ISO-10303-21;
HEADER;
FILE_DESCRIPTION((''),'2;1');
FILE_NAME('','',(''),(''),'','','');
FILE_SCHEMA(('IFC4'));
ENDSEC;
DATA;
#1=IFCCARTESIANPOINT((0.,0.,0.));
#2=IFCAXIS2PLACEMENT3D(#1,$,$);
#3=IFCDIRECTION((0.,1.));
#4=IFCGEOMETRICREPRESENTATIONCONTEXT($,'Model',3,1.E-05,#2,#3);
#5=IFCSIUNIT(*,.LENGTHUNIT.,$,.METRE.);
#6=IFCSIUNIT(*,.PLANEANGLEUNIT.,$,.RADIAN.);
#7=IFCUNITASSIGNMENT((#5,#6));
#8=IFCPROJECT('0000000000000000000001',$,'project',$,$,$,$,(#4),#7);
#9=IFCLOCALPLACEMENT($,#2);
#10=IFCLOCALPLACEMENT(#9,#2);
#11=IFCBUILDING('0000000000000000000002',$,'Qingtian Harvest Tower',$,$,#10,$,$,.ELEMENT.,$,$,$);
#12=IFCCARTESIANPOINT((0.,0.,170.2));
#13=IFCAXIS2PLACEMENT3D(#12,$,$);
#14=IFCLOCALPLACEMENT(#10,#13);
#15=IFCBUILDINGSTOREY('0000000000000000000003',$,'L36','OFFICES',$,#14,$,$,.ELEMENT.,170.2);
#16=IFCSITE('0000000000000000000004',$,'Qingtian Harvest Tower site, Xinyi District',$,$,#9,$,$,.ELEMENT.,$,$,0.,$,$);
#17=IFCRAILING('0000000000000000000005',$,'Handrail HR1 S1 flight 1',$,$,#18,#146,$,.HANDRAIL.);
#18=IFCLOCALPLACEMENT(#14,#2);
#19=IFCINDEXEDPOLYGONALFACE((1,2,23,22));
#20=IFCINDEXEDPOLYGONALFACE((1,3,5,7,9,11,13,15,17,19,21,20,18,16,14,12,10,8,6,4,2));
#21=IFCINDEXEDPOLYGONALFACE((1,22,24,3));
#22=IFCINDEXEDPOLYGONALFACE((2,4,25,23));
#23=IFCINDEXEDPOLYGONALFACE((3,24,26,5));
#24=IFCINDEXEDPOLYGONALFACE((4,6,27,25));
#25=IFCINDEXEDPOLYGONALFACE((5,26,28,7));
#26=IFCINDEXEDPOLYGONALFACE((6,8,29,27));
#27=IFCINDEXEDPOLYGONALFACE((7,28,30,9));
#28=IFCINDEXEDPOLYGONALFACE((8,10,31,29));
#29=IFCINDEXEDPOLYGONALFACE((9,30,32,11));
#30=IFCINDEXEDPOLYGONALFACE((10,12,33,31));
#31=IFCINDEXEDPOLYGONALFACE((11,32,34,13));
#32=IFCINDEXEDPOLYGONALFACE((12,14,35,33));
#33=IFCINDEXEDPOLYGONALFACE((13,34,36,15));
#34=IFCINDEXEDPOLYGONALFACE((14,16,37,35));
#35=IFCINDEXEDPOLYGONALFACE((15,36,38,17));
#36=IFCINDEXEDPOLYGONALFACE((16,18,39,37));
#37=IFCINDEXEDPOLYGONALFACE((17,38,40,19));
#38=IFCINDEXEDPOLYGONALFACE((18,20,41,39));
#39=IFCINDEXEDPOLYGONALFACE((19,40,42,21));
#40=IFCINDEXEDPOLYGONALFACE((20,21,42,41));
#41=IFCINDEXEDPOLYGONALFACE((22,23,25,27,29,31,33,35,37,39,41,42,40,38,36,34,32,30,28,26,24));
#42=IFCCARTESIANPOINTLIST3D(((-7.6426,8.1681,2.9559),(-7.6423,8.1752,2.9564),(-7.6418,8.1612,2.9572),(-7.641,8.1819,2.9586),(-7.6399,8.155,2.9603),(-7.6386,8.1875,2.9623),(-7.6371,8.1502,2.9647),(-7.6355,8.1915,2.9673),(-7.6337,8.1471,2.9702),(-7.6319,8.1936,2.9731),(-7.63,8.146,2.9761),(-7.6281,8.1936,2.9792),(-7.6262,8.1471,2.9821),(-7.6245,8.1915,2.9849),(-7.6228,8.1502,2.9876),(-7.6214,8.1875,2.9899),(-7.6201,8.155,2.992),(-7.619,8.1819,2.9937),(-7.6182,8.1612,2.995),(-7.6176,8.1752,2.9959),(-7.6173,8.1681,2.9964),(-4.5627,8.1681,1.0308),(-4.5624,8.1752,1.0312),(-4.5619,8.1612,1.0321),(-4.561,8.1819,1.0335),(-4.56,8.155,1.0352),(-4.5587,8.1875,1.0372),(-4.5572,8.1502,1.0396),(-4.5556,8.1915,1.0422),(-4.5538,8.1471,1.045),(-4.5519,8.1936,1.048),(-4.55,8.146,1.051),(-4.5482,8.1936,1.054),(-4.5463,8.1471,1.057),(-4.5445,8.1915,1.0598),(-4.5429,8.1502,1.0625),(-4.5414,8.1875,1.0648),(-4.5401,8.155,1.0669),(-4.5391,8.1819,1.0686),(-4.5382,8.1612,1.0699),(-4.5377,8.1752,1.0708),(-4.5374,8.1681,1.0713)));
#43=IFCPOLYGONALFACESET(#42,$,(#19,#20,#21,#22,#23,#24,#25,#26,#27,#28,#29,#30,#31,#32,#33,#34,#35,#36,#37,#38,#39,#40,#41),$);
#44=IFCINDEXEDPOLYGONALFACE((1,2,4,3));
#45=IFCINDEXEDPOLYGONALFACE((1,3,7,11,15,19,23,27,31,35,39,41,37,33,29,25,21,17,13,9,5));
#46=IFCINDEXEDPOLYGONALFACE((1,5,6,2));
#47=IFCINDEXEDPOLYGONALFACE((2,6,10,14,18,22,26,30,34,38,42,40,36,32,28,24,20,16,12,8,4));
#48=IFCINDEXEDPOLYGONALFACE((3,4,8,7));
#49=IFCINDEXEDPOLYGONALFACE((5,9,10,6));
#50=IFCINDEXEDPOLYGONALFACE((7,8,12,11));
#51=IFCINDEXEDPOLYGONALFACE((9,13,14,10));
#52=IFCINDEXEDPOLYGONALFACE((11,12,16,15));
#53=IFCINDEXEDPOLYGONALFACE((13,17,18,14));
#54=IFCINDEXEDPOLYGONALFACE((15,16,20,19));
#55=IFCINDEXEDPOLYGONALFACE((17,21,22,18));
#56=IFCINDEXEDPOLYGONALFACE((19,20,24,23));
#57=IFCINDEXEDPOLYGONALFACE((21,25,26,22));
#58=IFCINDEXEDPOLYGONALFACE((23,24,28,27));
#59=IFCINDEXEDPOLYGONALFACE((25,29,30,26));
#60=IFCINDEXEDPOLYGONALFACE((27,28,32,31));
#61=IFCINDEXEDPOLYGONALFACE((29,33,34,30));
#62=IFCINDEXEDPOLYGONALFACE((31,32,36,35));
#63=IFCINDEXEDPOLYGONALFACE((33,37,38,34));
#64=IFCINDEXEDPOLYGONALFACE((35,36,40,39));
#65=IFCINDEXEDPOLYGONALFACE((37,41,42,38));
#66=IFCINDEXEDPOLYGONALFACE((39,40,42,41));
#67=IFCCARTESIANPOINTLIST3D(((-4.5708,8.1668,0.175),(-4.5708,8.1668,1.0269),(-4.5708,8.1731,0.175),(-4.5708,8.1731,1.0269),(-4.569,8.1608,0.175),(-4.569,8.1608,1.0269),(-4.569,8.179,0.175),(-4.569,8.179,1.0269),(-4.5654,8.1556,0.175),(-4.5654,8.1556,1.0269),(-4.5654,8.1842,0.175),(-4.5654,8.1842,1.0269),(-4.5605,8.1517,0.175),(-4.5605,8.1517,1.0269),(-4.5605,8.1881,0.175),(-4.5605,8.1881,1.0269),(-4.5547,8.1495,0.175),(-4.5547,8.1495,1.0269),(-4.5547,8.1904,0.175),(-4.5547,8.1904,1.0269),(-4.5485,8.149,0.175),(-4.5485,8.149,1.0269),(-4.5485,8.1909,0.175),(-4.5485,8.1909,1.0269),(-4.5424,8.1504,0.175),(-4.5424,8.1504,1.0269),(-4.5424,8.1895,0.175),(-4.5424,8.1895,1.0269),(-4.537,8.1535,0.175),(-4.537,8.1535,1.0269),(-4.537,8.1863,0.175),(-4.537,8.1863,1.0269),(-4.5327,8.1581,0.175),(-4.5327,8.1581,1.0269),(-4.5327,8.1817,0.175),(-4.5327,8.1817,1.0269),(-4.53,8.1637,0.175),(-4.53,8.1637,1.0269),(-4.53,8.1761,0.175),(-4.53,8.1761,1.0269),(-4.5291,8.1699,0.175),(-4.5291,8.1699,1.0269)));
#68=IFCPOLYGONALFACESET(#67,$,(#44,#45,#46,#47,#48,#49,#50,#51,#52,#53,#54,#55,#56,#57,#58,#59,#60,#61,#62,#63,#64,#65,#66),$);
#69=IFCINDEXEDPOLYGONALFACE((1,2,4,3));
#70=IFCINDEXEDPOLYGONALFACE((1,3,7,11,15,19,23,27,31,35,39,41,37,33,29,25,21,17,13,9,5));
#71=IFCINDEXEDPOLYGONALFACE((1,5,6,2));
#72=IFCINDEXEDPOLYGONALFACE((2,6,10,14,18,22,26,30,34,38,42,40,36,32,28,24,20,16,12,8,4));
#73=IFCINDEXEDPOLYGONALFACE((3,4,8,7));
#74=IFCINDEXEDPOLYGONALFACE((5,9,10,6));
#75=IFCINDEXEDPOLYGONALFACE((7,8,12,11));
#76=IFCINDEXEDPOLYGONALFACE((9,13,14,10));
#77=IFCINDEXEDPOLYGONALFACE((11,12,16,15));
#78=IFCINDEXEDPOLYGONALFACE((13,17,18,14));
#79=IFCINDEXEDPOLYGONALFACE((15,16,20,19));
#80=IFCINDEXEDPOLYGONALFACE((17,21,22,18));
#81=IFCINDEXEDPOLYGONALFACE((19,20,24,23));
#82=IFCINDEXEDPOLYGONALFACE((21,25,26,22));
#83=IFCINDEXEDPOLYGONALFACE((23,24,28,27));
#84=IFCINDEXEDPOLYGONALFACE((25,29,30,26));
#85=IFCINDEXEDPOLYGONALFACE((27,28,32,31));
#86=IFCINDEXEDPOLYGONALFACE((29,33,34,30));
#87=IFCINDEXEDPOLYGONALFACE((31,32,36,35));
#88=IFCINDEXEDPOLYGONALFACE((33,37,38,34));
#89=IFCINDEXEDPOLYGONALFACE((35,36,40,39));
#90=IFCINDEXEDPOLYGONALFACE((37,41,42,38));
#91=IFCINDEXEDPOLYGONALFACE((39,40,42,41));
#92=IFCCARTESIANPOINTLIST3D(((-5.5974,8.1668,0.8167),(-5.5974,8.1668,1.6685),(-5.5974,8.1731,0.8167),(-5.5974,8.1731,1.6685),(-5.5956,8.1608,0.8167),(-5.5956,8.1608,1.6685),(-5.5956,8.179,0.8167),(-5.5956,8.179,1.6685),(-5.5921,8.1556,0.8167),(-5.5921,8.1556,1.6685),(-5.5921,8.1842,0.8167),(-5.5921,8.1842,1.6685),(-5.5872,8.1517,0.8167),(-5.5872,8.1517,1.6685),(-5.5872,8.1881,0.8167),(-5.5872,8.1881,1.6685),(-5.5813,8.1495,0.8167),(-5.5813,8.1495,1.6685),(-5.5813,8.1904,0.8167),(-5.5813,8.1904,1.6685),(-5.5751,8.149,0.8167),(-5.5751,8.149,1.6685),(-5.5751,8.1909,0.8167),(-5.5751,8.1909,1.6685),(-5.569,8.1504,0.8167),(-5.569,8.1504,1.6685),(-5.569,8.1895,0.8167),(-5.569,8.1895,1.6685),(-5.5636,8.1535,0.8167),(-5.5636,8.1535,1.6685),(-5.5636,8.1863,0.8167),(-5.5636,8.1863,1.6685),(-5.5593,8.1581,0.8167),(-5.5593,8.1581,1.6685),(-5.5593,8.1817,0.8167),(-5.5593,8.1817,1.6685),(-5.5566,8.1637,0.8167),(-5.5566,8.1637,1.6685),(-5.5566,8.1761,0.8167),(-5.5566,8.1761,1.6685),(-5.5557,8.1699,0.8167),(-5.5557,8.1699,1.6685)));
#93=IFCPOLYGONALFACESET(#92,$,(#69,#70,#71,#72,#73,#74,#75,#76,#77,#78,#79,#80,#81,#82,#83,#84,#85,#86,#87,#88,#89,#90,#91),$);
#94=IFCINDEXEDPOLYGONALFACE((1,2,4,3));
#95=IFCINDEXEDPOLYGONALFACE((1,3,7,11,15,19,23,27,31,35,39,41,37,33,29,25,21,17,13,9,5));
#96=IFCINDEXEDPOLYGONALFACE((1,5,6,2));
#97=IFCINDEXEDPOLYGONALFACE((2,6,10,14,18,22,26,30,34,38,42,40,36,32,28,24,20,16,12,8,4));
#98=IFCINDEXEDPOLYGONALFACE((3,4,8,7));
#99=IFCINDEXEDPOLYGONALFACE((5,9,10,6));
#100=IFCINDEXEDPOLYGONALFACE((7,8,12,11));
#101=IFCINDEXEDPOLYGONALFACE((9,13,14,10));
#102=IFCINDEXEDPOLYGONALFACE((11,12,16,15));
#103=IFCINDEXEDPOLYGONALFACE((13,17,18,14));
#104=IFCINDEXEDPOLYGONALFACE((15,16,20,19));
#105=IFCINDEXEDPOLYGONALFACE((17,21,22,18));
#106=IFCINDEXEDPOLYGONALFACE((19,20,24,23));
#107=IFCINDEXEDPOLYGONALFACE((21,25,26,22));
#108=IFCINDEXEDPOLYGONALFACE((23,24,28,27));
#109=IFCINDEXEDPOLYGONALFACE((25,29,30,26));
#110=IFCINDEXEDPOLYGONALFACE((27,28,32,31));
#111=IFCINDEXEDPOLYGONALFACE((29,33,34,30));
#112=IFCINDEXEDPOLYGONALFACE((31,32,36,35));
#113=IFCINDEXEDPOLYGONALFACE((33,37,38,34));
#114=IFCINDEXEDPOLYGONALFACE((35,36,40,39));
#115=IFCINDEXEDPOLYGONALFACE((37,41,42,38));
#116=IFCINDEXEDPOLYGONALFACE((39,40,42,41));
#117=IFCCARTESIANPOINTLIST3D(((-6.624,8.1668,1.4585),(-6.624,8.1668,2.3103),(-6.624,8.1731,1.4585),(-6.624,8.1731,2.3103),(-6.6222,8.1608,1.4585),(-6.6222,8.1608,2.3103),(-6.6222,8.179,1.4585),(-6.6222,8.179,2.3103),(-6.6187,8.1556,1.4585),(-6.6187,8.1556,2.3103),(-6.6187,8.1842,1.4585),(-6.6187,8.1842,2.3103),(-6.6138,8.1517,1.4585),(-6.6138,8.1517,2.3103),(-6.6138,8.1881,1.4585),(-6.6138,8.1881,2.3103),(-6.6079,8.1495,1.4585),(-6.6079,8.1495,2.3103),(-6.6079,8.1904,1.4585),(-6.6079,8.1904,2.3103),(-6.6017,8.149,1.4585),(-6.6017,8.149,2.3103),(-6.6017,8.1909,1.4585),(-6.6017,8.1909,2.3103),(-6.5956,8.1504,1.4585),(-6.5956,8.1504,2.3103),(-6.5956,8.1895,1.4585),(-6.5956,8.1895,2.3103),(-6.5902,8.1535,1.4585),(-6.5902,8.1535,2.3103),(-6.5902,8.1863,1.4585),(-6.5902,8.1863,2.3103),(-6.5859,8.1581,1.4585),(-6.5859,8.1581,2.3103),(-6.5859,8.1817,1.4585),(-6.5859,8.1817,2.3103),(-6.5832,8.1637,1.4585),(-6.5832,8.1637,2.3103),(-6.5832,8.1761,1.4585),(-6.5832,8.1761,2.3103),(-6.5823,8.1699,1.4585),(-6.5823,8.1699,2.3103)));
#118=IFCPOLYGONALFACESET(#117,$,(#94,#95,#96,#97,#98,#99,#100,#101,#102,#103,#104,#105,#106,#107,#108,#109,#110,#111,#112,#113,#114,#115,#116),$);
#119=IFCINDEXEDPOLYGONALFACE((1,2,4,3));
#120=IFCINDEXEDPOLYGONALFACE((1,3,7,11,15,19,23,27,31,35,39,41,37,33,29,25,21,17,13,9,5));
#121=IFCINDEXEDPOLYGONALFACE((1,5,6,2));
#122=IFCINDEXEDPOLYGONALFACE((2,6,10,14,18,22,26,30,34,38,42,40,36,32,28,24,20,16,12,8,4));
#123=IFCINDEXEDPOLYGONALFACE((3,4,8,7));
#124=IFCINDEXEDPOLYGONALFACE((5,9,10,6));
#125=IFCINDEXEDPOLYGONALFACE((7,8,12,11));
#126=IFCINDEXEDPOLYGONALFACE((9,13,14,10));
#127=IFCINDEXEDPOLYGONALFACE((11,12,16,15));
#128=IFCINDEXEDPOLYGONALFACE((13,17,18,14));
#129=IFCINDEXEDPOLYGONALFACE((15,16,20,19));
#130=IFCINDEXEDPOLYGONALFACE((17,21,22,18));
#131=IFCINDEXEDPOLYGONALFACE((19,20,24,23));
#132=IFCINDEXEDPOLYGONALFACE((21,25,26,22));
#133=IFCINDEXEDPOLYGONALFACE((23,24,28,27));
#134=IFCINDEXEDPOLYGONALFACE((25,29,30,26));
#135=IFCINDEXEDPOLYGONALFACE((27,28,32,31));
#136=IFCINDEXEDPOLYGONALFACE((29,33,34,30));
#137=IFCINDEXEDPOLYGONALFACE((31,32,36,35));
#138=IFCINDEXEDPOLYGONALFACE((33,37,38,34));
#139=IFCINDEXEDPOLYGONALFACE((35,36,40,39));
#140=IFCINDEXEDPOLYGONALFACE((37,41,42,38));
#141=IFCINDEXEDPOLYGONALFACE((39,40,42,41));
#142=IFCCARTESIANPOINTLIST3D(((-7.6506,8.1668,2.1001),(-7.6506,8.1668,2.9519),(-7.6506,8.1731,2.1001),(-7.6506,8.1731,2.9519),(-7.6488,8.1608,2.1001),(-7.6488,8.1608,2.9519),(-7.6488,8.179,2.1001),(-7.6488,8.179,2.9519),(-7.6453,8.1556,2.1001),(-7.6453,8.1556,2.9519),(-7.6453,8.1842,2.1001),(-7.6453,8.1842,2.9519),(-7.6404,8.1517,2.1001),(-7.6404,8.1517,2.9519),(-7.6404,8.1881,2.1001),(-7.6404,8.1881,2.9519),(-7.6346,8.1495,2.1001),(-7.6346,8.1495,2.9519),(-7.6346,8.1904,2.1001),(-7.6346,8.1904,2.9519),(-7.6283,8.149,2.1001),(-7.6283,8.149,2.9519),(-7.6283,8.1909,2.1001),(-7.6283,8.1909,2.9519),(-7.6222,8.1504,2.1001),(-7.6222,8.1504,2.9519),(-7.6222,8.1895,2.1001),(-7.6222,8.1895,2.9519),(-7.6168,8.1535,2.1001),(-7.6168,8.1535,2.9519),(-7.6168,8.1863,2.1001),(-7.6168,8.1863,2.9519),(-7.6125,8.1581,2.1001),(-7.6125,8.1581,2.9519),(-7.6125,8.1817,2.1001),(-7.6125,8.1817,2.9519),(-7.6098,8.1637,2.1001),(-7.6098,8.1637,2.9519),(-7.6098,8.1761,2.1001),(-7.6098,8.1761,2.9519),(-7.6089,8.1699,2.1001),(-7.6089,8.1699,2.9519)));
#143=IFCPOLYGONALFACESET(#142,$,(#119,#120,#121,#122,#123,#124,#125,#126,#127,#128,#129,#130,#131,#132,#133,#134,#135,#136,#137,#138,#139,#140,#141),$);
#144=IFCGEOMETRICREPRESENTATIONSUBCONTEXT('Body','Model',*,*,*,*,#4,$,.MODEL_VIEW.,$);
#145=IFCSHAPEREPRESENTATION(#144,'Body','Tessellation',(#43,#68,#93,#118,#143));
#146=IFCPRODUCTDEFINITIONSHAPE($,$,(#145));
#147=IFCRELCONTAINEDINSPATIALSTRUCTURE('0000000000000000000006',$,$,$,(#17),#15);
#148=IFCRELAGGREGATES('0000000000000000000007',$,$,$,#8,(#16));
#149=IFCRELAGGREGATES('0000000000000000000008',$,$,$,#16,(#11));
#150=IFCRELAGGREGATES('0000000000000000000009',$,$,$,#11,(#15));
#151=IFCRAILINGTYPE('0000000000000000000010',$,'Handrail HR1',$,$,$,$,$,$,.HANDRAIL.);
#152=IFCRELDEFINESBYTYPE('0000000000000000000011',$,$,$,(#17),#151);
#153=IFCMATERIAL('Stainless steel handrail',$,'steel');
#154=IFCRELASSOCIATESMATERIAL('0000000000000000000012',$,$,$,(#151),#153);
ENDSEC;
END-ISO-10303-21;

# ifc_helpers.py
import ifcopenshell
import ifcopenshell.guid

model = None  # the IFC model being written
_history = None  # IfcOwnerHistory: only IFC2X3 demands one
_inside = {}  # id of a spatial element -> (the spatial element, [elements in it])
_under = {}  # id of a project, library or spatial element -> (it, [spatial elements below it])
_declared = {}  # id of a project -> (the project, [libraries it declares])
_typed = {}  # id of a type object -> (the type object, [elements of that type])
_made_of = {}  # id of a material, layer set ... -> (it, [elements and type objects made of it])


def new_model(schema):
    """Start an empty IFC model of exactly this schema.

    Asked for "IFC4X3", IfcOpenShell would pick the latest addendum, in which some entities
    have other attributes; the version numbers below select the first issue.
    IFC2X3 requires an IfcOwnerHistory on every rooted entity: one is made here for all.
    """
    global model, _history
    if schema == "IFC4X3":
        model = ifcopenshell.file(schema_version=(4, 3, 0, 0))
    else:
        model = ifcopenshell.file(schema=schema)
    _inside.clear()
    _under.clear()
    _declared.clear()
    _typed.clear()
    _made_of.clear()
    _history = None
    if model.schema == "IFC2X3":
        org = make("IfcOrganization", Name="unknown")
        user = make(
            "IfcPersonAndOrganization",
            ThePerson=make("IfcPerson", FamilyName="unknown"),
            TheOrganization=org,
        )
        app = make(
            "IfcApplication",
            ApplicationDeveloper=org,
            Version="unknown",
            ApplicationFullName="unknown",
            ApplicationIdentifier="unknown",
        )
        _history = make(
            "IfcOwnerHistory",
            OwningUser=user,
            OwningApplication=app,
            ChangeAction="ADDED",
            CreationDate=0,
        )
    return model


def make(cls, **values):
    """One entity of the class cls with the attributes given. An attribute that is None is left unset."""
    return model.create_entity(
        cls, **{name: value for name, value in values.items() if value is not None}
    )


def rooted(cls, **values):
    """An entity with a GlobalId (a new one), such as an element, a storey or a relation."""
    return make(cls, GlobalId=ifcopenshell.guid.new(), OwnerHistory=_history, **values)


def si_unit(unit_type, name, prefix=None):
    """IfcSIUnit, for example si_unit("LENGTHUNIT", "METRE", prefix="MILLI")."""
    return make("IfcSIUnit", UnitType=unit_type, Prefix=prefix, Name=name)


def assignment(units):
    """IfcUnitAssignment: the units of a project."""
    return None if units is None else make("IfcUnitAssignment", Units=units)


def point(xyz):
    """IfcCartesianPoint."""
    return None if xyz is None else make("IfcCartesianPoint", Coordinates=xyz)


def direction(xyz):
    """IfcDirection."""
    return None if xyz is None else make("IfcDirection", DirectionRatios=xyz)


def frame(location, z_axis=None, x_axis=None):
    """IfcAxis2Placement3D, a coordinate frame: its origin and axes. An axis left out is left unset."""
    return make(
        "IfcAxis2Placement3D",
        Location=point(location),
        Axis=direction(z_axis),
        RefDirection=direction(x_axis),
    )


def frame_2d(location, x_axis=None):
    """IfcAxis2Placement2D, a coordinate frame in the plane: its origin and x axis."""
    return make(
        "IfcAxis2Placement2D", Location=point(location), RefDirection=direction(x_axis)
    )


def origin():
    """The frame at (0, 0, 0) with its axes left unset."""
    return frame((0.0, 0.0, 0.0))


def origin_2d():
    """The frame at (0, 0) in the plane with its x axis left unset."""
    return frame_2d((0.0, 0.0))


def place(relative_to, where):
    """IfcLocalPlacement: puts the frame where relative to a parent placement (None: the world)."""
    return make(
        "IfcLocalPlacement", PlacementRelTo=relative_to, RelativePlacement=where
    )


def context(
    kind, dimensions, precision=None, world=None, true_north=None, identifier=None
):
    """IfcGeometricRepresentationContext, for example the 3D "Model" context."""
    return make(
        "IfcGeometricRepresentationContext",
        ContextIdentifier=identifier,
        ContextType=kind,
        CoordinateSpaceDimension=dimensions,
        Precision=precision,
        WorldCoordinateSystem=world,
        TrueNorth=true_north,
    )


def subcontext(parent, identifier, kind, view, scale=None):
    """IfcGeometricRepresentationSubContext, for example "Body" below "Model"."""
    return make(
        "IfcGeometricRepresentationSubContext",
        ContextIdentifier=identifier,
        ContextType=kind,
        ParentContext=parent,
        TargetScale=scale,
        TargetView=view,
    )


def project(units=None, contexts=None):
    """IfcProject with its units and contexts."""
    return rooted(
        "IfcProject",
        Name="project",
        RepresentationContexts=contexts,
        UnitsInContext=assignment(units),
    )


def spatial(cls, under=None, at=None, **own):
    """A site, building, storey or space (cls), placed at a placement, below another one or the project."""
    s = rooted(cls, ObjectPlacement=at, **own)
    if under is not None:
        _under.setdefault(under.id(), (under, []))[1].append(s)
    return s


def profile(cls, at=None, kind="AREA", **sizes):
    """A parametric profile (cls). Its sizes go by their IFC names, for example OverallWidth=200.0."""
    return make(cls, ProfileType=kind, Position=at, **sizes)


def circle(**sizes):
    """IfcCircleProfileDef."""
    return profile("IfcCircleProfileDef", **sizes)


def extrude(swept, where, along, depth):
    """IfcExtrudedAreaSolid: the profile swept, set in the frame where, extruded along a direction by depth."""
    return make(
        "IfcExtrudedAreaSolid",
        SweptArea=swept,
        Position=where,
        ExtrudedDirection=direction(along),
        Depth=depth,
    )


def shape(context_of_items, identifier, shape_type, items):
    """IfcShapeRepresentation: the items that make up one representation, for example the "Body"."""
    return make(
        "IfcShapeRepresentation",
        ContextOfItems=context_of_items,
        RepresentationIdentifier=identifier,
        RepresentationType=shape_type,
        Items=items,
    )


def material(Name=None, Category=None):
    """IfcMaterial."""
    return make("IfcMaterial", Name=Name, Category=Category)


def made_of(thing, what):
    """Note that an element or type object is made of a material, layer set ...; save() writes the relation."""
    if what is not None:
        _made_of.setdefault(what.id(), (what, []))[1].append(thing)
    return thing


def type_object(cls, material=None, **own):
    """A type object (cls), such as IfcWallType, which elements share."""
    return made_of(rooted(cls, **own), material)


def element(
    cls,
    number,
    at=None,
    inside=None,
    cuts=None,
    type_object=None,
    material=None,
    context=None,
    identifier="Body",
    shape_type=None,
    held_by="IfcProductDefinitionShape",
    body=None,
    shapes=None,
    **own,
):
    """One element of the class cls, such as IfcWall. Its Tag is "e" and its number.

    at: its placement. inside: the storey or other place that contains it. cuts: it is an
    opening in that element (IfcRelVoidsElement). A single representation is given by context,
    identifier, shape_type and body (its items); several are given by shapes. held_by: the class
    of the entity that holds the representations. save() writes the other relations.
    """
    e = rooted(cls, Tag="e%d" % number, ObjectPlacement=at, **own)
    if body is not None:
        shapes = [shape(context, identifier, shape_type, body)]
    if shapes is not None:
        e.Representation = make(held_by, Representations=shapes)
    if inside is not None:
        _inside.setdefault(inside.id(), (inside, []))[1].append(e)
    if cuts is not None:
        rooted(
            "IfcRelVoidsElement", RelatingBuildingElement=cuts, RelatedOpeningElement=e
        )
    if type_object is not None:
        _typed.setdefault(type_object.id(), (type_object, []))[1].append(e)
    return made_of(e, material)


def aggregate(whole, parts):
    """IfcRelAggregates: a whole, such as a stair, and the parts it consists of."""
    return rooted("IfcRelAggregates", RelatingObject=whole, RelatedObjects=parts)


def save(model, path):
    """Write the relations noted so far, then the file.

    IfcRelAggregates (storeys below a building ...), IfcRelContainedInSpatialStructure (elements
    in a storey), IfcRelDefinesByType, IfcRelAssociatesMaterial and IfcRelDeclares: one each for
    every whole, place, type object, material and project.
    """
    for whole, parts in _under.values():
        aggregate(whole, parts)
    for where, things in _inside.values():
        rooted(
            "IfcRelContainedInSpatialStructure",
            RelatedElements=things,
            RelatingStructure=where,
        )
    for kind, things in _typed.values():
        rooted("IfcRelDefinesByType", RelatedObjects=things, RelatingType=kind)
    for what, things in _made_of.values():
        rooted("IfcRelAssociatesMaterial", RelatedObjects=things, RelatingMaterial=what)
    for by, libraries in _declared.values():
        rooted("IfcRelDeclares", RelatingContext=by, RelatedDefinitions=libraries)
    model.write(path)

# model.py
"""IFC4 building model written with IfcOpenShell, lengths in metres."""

from ifc_helpers import new_model, si_unit, direction, frame, origin, origin_2d, place, context, subcontext, project, spatial, circle, extrude, material, type_object, element, save


model = new_model("IFC4")

# Units and contexts
model_context = context("Model", 3, precision=1e-05, world=origin(), true_north=direction((0.0, 1.0)))
body_context = subcontext(model_context, "Body", "Model", "MODEL_VIEW")
ifc_project = project(units=[si_unit("LENGTHUNIT", "METRE"), si_unit("PLANEANGLEUNIT", "RADIAN")], contexts=[model_context])

# Site, building, storey
site_placement = place(None, origin())
site = spatial("IfcSite", under=ifc_project, at=site_placement, Name="Qingtian Harvest Tower site, Xinyi District", CompositionType="ELEMENT", RefElevation=0.0)
building_placement = place(site_placement, origin())
building = spatial("IfcBuilding", under=site, at=building_placement, Name="Qingtian Harvest Tower", CompositionType="ELEMENT")
storey_placement = place(building_placement, frame((0.0, 0.0, 170.2)))
storey = spatial("IfcBuildingStorey", under=building, at=storey_placement, Name="L36", Description="OFFICES", CompositionType="ELEMENT", Elevation=170.2)

# Railing
ifc_material_1 = material(Name="Stainless steel handrail", Category="steel")
railing_type = type_object("IfcRailingType", Name="Handrail HR1", PredefinedType="HANDRAIL", material=ifc_material_1)
railing_1_placement = place(storey_placement, frame((-4.55, 8.1699, 0.175)))
element("IfcRailing", 1, at=railing_1_placement, inside=storey, type_object=railing_type, Name="Handrail HR1 S1 flight 1", PredefinedType="HANDRAIL", context=body_context, shape_type="SweptSolid", body=[
    extrude(circle(Radius=0.0239, at=origin_2d()), frame((0.0, 0.0, 0.876), z_axis=(-0.847979, 0.0, 0.530029), x_axis=(0.0, -1.0, 0.0)), (0.0, 0.0, 1.0), 3.6321),
    extrude(circle(Radius=0.021, at=origin_2d()), origin(), (0.0, 0.0, 1.0), 0.8518),
    extrude(circle(Radius=0.021, at=origin_2d()), frame((-1.0266, 0.0, 0.6416)), (0.0, 0.0, 1.0), 0.8518),
    extrude(circle(Radius=0.021, at=origin_2d()), frame((-2.0532, 0.0, 1.2834)), (0.0, 0.0, 1.0), 0.8518),
    extrude(circle(Radius=0.021, at=origin_2d()), frame((-3.0798, 0.0, 1.925)), (0.0, 0.0, 1.0), 0.8518),
])

save(model, "model.ifc")
